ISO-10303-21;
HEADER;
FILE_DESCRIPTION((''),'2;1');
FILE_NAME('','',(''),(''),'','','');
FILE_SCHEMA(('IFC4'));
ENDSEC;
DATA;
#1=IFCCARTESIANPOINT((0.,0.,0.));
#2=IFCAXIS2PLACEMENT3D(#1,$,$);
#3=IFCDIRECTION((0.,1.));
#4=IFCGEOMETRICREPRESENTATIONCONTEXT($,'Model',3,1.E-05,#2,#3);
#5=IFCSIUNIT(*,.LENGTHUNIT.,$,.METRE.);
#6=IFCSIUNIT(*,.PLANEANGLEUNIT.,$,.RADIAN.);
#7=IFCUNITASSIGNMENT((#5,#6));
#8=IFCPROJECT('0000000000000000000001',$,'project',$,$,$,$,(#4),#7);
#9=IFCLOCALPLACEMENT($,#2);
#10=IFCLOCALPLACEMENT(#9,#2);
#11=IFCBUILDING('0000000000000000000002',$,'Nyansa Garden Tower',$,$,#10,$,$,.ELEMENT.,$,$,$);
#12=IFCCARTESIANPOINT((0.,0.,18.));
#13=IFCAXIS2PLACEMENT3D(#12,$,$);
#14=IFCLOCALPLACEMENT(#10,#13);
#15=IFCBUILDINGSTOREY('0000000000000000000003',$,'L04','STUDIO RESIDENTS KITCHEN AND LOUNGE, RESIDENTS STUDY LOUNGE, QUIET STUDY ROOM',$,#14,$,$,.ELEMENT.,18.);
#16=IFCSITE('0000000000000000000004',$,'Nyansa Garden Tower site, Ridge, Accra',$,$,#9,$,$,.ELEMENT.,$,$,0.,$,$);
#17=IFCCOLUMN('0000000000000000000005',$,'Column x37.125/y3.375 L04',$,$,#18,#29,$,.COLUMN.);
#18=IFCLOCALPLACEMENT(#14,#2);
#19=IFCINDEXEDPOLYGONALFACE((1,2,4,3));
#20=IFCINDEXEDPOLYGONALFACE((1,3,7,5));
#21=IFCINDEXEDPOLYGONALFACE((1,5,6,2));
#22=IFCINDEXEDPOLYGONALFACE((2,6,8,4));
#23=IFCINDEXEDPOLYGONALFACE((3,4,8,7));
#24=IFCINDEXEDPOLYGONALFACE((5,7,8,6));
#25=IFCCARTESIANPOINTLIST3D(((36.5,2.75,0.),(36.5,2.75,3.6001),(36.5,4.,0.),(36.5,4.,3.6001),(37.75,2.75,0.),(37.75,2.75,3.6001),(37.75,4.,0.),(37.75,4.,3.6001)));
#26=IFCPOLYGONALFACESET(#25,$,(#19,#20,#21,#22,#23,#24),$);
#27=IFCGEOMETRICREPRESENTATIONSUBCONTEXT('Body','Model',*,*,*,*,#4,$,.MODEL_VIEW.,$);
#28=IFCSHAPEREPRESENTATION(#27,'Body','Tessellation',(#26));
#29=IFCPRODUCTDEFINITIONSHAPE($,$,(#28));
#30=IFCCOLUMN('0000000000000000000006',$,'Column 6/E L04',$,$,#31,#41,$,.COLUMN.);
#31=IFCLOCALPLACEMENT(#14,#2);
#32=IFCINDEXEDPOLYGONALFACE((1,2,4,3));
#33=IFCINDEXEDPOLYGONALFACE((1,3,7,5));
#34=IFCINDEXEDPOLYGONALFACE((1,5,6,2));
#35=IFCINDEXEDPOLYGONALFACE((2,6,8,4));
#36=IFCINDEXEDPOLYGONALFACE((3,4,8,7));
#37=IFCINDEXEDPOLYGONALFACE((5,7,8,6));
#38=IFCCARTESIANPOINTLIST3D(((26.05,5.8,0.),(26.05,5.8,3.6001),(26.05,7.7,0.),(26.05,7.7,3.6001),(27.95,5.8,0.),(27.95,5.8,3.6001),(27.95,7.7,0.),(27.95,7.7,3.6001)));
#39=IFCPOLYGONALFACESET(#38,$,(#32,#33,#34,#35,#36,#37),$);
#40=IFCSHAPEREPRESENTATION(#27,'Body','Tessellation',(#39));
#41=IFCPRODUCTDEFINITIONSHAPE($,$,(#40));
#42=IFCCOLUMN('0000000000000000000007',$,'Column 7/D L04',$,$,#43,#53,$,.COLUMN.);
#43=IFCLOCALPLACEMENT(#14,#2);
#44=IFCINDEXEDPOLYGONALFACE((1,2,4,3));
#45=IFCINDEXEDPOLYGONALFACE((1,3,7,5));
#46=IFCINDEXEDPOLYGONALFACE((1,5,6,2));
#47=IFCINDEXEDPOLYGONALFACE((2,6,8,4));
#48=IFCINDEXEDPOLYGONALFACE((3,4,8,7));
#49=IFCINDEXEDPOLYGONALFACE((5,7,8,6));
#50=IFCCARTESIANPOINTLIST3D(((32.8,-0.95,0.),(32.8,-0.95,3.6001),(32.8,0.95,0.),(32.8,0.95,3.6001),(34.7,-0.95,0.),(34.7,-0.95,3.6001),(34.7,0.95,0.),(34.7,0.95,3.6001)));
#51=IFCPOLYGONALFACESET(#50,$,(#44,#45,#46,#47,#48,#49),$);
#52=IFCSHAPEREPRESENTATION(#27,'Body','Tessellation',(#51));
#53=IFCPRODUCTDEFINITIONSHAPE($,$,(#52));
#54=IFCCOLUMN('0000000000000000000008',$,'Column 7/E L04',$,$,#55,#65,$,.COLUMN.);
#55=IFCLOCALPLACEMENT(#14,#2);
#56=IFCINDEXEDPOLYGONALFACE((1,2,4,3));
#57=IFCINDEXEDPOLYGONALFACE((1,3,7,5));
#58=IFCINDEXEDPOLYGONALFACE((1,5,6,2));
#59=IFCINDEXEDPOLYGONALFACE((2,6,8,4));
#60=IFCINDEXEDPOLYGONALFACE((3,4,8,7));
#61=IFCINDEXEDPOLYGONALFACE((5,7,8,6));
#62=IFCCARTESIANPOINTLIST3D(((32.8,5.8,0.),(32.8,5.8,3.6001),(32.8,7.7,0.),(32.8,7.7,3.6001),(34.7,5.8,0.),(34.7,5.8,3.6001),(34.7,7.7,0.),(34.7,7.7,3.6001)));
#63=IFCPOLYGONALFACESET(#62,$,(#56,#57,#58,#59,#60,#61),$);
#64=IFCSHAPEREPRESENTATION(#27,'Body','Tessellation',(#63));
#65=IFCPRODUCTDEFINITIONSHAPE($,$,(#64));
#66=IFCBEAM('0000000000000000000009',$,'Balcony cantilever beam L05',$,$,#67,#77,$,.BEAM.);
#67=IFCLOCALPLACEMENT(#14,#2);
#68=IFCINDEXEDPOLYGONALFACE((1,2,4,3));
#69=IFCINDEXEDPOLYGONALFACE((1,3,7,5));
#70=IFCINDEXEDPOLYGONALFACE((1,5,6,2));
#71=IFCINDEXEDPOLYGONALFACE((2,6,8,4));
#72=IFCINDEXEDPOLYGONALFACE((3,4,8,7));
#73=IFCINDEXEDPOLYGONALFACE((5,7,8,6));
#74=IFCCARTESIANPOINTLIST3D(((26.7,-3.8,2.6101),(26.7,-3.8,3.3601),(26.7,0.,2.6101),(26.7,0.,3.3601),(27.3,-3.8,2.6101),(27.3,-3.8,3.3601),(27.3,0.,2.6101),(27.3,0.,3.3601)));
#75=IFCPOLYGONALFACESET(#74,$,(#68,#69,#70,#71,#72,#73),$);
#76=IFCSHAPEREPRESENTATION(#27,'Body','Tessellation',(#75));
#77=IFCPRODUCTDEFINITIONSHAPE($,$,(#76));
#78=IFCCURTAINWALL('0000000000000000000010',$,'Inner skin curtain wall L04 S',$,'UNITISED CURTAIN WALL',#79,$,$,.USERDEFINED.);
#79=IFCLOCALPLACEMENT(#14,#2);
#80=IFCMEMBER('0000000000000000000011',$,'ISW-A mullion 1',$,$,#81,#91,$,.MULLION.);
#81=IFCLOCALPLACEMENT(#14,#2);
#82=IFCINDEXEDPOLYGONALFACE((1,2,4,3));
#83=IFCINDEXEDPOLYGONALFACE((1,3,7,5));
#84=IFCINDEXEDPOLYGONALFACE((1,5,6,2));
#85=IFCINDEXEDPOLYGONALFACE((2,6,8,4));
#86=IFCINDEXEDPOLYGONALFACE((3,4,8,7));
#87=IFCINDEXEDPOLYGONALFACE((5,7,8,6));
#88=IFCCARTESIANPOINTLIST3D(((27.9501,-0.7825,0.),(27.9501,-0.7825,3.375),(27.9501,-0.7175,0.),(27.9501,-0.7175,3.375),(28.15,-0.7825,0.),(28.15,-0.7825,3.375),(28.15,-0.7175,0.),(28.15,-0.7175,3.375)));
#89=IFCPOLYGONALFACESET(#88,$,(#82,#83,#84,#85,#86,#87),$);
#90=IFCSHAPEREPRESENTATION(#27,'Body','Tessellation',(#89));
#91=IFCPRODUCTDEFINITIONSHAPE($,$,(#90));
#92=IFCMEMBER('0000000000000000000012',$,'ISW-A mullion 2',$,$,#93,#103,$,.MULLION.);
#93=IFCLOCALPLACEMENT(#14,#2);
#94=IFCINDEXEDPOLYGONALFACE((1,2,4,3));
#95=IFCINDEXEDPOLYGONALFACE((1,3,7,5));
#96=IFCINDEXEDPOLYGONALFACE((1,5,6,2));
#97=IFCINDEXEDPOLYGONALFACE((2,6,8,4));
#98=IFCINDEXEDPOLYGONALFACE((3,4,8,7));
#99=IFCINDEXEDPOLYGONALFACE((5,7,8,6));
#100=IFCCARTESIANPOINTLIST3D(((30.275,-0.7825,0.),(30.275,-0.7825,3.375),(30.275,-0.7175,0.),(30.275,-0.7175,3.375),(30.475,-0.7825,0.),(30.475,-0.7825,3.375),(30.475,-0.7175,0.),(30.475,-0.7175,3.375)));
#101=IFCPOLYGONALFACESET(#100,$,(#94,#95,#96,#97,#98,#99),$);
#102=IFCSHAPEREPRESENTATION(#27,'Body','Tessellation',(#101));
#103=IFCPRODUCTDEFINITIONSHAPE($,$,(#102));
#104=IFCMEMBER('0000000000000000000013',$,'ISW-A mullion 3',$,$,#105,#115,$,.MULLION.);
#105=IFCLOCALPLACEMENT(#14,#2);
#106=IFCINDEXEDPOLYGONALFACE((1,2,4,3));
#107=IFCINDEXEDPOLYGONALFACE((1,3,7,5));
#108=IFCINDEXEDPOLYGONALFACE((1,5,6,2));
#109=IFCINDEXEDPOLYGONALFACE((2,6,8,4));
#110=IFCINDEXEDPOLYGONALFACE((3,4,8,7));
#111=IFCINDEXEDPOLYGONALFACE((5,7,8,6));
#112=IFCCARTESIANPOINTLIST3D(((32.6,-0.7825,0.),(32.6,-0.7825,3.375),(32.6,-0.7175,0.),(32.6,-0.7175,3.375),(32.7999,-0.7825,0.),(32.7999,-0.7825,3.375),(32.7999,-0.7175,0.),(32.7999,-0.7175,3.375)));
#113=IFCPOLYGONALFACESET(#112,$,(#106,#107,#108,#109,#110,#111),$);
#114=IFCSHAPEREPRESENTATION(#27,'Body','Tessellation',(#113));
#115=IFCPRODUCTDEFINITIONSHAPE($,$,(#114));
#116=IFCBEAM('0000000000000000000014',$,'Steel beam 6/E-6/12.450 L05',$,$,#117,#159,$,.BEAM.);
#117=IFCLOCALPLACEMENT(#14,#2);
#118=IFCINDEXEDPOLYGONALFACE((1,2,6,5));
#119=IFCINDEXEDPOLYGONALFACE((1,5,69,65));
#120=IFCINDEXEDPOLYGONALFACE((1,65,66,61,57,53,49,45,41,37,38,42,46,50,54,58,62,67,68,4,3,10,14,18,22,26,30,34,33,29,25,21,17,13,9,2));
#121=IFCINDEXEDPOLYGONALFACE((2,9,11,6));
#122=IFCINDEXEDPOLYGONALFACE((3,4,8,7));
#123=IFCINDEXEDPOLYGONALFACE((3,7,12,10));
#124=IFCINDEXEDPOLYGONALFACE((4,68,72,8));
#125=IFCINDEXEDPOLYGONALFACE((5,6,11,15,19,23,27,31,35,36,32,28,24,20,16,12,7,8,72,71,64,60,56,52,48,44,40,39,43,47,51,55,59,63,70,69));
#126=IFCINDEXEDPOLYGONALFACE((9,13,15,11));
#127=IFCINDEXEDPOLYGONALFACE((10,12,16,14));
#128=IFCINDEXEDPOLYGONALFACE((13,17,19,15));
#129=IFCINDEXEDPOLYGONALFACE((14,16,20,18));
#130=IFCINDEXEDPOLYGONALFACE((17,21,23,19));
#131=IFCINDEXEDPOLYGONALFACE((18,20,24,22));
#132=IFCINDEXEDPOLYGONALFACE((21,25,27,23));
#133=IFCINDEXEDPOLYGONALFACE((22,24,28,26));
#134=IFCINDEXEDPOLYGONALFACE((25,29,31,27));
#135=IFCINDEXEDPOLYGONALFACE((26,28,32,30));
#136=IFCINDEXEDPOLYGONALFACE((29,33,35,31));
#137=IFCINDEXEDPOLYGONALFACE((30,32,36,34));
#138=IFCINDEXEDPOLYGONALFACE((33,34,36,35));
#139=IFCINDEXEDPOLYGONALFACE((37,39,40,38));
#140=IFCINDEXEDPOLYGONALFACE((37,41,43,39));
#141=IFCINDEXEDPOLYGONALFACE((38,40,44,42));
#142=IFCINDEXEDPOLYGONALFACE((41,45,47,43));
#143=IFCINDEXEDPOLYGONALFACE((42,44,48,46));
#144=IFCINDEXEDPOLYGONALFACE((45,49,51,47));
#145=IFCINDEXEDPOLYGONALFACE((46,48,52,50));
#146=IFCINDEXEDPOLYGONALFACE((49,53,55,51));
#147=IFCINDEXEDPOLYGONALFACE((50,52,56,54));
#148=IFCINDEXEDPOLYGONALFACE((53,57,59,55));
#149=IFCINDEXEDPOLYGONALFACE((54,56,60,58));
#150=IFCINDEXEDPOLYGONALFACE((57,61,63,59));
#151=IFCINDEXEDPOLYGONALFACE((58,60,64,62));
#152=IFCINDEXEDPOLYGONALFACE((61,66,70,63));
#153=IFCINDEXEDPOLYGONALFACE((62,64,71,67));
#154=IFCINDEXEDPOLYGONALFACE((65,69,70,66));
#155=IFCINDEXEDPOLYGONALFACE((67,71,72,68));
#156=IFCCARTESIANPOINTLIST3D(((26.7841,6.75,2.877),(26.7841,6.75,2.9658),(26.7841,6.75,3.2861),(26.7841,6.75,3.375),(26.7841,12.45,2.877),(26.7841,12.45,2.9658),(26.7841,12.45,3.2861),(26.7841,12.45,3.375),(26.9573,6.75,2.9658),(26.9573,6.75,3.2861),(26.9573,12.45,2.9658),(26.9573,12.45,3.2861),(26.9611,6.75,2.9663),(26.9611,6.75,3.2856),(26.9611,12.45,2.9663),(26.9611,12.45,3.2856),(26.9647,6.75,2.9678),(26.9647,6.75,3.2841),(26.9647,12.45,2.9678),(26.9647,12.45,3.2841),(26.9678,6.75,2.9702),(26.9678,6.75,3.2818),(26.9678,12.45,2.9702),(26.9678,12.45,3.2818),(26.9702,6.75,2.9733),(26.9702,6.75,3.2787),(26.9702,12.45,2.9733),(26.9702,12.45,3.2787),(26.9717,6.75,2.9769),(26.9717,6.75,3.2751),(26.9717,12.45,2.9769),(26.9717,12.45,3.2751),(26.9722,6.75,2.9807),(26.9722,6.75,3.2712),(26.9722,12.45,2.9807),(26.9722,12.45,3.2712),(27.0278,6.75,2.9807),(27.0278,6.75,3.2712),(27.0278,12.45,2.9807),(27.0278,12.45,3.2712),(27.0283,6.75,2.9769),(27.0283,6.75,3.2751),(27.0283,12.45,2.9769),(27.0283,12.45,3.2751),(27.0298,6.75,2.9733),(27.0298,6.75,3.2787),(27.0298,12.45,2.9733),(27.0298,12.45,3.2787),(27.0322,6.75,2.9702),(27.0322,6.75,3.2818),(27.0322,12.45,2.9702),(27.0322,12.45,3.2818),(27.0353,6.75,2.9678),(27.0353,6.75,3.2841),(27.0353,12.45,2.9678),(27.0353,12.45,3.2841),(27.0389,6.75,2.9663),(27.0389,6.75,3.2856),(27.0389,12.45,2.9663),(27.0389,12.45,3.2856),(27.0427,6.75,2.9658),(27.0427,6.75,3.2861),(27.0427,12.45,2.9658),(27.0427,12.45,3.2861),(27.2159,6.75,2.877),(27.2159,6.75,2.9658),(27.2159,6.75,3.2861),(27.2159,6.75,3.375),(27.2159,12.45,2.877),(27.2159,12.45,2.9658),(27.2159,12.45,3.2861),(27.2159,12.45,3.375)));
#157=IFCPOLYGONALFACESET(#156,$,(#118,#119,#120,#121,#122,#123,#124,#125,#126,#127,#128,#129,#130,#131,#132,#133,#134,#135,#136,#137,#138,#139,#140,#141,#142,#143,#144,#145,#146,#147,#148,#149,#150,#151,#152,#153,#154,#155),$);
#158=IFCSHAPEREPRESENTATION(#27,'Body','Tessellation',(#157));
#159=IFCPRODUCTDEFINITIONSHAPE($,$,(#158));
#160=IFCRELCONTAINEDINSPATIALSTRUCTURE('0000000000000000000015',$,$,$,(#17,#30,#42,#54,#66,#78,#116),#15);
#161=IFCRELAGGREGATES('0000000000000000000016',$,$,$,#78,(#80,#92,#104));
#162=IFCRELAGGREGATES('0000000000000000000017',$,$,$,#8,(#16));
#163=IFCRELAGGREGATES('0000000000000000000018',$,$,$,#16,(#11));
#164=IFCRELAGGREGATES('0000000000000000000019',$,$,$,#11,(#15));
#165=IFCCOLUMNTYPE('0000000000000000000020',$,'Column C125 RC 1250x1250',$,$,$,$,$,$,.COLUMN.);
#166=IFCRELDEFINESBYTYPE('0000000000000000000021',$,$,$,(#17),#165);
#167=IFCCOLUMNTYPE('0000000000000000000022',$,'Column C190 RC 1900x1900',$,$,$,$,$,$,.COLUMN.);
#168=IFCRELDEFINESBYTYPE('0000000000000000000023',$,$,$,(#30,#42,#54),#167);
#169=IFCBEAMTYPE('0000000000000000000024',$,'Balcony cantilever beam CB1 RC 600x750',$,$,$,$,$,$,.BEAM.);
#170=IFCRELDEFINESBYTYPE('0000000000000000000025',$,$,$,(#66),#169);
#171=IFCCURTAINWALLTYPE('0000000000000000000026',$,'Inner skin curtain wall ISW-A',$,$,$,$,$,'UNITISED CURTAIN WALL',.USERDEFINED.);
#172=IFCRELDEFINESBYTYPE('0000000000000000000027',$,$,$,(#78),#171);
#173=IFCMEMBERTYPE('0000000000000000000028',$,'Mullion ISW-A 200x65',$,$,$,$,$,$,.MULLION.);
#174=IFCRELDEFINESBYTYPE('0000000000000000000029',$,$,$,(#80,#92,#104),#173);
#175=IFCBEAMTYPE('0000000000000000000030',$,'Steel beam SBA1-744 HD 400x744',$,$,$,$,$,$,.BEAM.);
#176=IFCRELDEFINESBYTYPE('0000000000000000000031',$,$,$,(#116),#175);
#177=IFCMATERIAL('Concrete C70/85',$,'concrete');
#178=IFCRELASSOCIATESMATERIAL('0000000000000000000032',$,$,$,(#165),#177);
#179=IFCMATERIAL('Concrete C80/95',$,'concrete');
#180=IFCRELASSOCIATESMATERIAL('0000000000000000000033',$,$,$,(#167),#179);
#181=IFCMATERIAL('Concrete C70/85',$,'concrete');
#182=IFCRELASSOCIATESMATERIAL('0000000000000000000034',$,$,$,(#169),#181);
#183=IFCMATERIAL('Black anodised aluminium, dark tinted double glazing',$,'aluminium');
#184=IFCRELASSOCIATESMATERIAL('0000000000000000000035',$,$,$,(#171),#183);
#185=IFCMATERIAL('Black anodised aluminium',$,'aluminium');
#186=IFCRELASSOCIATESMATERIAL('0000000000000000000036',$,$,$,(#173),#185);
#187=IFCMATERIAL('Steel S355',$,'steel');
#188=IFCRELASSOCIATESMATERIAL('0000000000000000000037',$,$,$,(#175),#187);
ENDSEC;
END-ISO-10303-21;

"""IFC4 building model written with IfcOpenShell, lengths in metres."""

from ifc_helpers import new_model, si_unit, direction, frame, origin, origin_2d, place, context, subcontext, project, spatial, rectangle, i_section, extrude, material, material_profile, profile_set, type_object, element, aggregate, save


model = new_model("IFC4")

# Units and contexts
model_context = context("Model", 3, precision=1e-05, world=origin(), true_north=direction((0.0, 1.0)))
body_context = subcontext(model_context, "Body", "Model", "MODEL_VIEW")
ifc_project = project(units=[si_unit("LENGTHUNIT", "METRE"), si_unit("PLANEANGLEUNIT", "RADIAN")], contexts=[model_context])

# Site, building, storey
site_placement = place(None, origin())
site = spatial("IfcSite", under=ifc_project, at=site_placement, Name="Nyansa Garden Tower site, Ridge, Accra", CompositionType="ELEMENT", RefElevation=0.0)
building_placement = place(site_placement, origin())
building = spatial("IfcBuilding", under=site, at=building_placement, Name="Nyansa Garden Tower", CompositionType="ELEMENT")
storey_placement = place(building_placement, frame((0.0, 0.0, 18.0)))
storey = spatial("IfcBuildingStorey", under=building, at=storey_placement, Name="L04", Description="STUDIO RESIDENTS KITCHEN AND LOUNGE, RESIDENTS STUDY LOUNGE, QUIET STUDY ROOM", CompositionType="ELEMENT", Elevation=18.0)

# Columns
ifc_material_1 = material(Name="Concrete C70/85", Category="concrete")
ifc_material_profile_1 = material_profile(ifc_material_1, rectangle(XDim=1.25, YDim=1.25, at=origin_2d()), Name="RC 1250x1250")
ifc_profile_set_1 = profile_set([ifc_material_profile_1], Name="Concrete C70/85")
column_type_1 = type_object("IfcColumnType", Name="Column C125 RC 1250x1250", PredefinedType="COLUMN", material=ifc_profile_set_1)
column_placement = place(storey_placement, frame((37.125, 3.375, 0.0), z_axis=(0.0, 0.0, 1.0), x_axis=(1.0, 0.0, 0.0)))
element("IfcColumn", 1, at=column_placement, inside=storey, type_object=column_type_1, Name="Column x37.125/y3.375 L04", PredefinedType="COLUMN", context=body_context, shape_type="SweptSolid", body=[
    extrude(rectangle(XDim=1.25, YDim=1.25, at=origin_2d()), origin(), (0.0, 0.0, 1.0), 3.6001),
])
ifc_material_2 = material(Name="Concrete C80/95", Category="concrete")
ifc_material_profile_2 = material_profile(ifc_material_2, rectangle(XDim=1.8999, YDim=1.8999, at=origin_2d()), Name="RC 1900x1900")
ifc_profile_set_2 = profile_set([ifc_material_profile_2], Name="Concrete C80/95")
column_type_2 = type_object("IfcColumnType", Name="Column C190 RC 1900x1900", PredefinedType="COLUMN", material=ifc_profile_set_2)
for number, where, z_axis, x_axis, name in (
    (2, (27.0, 6.75, 0.0), (0.0, 0.0, 1.0), (1.0, 0.0, 0.0), "Column 6/E L04"),
    (3, (33.75, 0.0, 0.0), (0.0, 0.0, 1.0), (1.0, 0.0, 0.0), "Column 7/D L04"),
    (4, (33.75, 6.75, 0.0), (0.0, 0.0, 1.0), (1.0, 0.0, 0.0), "Column 7/E L04"),
):
    element("IfcColumn", number, at=place(storey_placement, frame(where, z_axis=z_axis, x_axis=x_axis)), inside=storey, type_object=column_type_2, Name=name, PredefinedType="COLUMN", context=body_context, shape_type="SweptSolid", body=[
        extrude(rectangle(XDim=1.8999, YDim=1.8999, at=origin_2d()), origin(), (0.0, 0.0, 1.0), 3.6001),
    ])

# Beam
ifc_material_3 = material(Name="Concrete C70/85", Category="concrete")
ifc_material_profile_3 = material_profile(ifc_material_3, rectangle(XDim=0.6001, YDim=0.75, at=origin_2d()), Name="RC 600x750")
ifc_profile_set_3 = profile_set([ifc_material_profile_3], Name="Concrete C70/85")
beam_type_1 = type_object("IfcBeamType", Name="Balcony cantilever beam CB1 RC 600x750", PredefinedType="BEAM", material=ifc_profile_set_3)
beam_1_placement = place(storey_placement, frame((27.0, 0.0, 2.9851), z_axis=(0.0, -1.0, 0.0), x_axis=(1.0, 0.0, 0.0)))
element("IfcBeam", 5, at=beam_1_placement, inside=storey, type_object=beam_type_1, Name="Balcony cantilever beam L05", PredefinedType="BEAM", context=body_context, shape_type="SweptSolid", body=[
    extrude(rectangle(XDim=0.6001, YDim=0.75, at=origin_2d()), origin(), (0.0, 0.0, 1.0), 3.8),
])

# Curtain wall, members
ifc_material_4 = material(Name="Black anodised aluminium, dark tinted double glazing", Category="aluminium")
curtain_wall_type = type_object("IfcCurtainWallType", Name="Inner skin curtain wall ISW-A", ElementType="UNITISED CURTAIN WALL", PredefinedType="USERDEFINED", material=ifc_material_4)
curtain_wall_placement = place(storey_placement, origin())
curtain_wall = element("IfcCurtainWall", 6, at=curtain_wall_placement, inside=storey, type_object=curtain_wall_type, Name="Inner skin curtain wall L04 S", ObjectType="UNITISED CURTAIN WALL", PredefinedType="USERDEFINED")
ifc_material_5 = material(Name="Black anodised aluminium", Category="aluminium")
ifc_material_profile_4 = material_profile(ifc_material_5, rectangle(XDim=0.0649, YDim=0.2, at=origin_2d()), Name="Mullion 200x65")
ifc_profile_set_4 = profile_set([ifc_material_profile_4], Name="Black anodised aluminium")
member_type_1 = type_object("IfcMemberType", Name="Mullion ISW-A 200x65", PredefinedType="MULLION", material=ifc_profile_set_4)
member_1_placement = place(storey_placement, frame((28.05, -0.75, 0.0), z_axis=(0.0, 0.0, 1.0), x_axis=(0.0, 1.0, 0.0)))
member_1 = element("IfcMember", 7, at=member_1_placement, type_object=member_type_1, Name="ISW-A mullion 1", PredefinedType="MULLION", context=body_context, shape_type="SweptSolid", body=[
    extrude(rectangle(XDim=0.0649, YDim=0.2, at=origin_2d()), origin(), (0.0, 0.0, 1.0), 3.375),
])
member_2_placement = place(storey_placement, frame((30.375, -0.75, 0.0), z_axis=(0.0, 0.0, 1.0), x_axis=(0.0, 1.0, 0.0)))
member_2 = element("IfcMember", 8, at=member_2_placement, type_object=member_type_1, Name="ISW-A mullion 2", PredefinedType="MULLION", context=body_context, shape_type="SweptSolid", body=[
    extrude(rectangle(XDim=0.0649, YDim=0.2, at=origin_2d()), origin(), (0.0, 0.0, 1.0), 3.375),
])
member_3_placement = place(storey_placement, frame((32.7, -0.75, 0.0), z_axis=(0.0, 0.0, 1.0), x_axis=(0.0, 1.0, 0.0)))
member_3 = element("IfcMember", 9, at=member_3_placement, type_object=member_type_1, Name="ISW-A mullion 3", PredefinedType="MULLION", context=body_context, shape_type="SweptSolid", body=[
    extrude(rectangle(XDim=0.0649, YDim=0.2, at=origin_2d()), origin(), (0.0, 0.0, 1.0), 3.375),
])

# Beam
ifc_material_6 = material(Name="Steel S355", Category="steel")
ifc_material_profile_5 = material_profile(ifc_material_6, i_section(OverallWidth=0.4319, OverallDepth=0.498, WebThickness=0.0557, FlangeThickness=0.0889, FilletRadius=0.0149, at=origin_2d()), Name="HD 400x744")
ifc_profile_set_5 = profile_set([ifc_material_profile_5], Name="Steel S355")
beam_type_2 = type_object("IfcBeamType", Name="Steel beam SBA1-744 HD 400x744", PredefinedType="BEAM", material=ifc_profile_set_5)
beam_2_placement = place(storey_placement, frame((27.0, 6.75, 3.126), z_axis=(0.0, 1.0, 0.0), x_axis=(-1.0, 0.0, 0.0)))
element("IfcBeam", 10, at=beam_2_placement, inside=storey, type_object=beam_type_2, Name="Steel beam 6/E-6/12.450 L05", PredefinedType="BEAM", context=body_context, shape_type="SweptSolid", body=[
    extrude(i_section(OverallWidth=0.4319, OverallDepth=0.498, WebThickness=0.0557, FlangeThickness=0.0889, FilletRadius=0.0149, at=origin_2d()), origin(), (0.0, 0.0, 1.0), 5.7),
])

aggregate(curtain_wall, [member_1, member_2, member_3])

save(model, "model.ifc")
